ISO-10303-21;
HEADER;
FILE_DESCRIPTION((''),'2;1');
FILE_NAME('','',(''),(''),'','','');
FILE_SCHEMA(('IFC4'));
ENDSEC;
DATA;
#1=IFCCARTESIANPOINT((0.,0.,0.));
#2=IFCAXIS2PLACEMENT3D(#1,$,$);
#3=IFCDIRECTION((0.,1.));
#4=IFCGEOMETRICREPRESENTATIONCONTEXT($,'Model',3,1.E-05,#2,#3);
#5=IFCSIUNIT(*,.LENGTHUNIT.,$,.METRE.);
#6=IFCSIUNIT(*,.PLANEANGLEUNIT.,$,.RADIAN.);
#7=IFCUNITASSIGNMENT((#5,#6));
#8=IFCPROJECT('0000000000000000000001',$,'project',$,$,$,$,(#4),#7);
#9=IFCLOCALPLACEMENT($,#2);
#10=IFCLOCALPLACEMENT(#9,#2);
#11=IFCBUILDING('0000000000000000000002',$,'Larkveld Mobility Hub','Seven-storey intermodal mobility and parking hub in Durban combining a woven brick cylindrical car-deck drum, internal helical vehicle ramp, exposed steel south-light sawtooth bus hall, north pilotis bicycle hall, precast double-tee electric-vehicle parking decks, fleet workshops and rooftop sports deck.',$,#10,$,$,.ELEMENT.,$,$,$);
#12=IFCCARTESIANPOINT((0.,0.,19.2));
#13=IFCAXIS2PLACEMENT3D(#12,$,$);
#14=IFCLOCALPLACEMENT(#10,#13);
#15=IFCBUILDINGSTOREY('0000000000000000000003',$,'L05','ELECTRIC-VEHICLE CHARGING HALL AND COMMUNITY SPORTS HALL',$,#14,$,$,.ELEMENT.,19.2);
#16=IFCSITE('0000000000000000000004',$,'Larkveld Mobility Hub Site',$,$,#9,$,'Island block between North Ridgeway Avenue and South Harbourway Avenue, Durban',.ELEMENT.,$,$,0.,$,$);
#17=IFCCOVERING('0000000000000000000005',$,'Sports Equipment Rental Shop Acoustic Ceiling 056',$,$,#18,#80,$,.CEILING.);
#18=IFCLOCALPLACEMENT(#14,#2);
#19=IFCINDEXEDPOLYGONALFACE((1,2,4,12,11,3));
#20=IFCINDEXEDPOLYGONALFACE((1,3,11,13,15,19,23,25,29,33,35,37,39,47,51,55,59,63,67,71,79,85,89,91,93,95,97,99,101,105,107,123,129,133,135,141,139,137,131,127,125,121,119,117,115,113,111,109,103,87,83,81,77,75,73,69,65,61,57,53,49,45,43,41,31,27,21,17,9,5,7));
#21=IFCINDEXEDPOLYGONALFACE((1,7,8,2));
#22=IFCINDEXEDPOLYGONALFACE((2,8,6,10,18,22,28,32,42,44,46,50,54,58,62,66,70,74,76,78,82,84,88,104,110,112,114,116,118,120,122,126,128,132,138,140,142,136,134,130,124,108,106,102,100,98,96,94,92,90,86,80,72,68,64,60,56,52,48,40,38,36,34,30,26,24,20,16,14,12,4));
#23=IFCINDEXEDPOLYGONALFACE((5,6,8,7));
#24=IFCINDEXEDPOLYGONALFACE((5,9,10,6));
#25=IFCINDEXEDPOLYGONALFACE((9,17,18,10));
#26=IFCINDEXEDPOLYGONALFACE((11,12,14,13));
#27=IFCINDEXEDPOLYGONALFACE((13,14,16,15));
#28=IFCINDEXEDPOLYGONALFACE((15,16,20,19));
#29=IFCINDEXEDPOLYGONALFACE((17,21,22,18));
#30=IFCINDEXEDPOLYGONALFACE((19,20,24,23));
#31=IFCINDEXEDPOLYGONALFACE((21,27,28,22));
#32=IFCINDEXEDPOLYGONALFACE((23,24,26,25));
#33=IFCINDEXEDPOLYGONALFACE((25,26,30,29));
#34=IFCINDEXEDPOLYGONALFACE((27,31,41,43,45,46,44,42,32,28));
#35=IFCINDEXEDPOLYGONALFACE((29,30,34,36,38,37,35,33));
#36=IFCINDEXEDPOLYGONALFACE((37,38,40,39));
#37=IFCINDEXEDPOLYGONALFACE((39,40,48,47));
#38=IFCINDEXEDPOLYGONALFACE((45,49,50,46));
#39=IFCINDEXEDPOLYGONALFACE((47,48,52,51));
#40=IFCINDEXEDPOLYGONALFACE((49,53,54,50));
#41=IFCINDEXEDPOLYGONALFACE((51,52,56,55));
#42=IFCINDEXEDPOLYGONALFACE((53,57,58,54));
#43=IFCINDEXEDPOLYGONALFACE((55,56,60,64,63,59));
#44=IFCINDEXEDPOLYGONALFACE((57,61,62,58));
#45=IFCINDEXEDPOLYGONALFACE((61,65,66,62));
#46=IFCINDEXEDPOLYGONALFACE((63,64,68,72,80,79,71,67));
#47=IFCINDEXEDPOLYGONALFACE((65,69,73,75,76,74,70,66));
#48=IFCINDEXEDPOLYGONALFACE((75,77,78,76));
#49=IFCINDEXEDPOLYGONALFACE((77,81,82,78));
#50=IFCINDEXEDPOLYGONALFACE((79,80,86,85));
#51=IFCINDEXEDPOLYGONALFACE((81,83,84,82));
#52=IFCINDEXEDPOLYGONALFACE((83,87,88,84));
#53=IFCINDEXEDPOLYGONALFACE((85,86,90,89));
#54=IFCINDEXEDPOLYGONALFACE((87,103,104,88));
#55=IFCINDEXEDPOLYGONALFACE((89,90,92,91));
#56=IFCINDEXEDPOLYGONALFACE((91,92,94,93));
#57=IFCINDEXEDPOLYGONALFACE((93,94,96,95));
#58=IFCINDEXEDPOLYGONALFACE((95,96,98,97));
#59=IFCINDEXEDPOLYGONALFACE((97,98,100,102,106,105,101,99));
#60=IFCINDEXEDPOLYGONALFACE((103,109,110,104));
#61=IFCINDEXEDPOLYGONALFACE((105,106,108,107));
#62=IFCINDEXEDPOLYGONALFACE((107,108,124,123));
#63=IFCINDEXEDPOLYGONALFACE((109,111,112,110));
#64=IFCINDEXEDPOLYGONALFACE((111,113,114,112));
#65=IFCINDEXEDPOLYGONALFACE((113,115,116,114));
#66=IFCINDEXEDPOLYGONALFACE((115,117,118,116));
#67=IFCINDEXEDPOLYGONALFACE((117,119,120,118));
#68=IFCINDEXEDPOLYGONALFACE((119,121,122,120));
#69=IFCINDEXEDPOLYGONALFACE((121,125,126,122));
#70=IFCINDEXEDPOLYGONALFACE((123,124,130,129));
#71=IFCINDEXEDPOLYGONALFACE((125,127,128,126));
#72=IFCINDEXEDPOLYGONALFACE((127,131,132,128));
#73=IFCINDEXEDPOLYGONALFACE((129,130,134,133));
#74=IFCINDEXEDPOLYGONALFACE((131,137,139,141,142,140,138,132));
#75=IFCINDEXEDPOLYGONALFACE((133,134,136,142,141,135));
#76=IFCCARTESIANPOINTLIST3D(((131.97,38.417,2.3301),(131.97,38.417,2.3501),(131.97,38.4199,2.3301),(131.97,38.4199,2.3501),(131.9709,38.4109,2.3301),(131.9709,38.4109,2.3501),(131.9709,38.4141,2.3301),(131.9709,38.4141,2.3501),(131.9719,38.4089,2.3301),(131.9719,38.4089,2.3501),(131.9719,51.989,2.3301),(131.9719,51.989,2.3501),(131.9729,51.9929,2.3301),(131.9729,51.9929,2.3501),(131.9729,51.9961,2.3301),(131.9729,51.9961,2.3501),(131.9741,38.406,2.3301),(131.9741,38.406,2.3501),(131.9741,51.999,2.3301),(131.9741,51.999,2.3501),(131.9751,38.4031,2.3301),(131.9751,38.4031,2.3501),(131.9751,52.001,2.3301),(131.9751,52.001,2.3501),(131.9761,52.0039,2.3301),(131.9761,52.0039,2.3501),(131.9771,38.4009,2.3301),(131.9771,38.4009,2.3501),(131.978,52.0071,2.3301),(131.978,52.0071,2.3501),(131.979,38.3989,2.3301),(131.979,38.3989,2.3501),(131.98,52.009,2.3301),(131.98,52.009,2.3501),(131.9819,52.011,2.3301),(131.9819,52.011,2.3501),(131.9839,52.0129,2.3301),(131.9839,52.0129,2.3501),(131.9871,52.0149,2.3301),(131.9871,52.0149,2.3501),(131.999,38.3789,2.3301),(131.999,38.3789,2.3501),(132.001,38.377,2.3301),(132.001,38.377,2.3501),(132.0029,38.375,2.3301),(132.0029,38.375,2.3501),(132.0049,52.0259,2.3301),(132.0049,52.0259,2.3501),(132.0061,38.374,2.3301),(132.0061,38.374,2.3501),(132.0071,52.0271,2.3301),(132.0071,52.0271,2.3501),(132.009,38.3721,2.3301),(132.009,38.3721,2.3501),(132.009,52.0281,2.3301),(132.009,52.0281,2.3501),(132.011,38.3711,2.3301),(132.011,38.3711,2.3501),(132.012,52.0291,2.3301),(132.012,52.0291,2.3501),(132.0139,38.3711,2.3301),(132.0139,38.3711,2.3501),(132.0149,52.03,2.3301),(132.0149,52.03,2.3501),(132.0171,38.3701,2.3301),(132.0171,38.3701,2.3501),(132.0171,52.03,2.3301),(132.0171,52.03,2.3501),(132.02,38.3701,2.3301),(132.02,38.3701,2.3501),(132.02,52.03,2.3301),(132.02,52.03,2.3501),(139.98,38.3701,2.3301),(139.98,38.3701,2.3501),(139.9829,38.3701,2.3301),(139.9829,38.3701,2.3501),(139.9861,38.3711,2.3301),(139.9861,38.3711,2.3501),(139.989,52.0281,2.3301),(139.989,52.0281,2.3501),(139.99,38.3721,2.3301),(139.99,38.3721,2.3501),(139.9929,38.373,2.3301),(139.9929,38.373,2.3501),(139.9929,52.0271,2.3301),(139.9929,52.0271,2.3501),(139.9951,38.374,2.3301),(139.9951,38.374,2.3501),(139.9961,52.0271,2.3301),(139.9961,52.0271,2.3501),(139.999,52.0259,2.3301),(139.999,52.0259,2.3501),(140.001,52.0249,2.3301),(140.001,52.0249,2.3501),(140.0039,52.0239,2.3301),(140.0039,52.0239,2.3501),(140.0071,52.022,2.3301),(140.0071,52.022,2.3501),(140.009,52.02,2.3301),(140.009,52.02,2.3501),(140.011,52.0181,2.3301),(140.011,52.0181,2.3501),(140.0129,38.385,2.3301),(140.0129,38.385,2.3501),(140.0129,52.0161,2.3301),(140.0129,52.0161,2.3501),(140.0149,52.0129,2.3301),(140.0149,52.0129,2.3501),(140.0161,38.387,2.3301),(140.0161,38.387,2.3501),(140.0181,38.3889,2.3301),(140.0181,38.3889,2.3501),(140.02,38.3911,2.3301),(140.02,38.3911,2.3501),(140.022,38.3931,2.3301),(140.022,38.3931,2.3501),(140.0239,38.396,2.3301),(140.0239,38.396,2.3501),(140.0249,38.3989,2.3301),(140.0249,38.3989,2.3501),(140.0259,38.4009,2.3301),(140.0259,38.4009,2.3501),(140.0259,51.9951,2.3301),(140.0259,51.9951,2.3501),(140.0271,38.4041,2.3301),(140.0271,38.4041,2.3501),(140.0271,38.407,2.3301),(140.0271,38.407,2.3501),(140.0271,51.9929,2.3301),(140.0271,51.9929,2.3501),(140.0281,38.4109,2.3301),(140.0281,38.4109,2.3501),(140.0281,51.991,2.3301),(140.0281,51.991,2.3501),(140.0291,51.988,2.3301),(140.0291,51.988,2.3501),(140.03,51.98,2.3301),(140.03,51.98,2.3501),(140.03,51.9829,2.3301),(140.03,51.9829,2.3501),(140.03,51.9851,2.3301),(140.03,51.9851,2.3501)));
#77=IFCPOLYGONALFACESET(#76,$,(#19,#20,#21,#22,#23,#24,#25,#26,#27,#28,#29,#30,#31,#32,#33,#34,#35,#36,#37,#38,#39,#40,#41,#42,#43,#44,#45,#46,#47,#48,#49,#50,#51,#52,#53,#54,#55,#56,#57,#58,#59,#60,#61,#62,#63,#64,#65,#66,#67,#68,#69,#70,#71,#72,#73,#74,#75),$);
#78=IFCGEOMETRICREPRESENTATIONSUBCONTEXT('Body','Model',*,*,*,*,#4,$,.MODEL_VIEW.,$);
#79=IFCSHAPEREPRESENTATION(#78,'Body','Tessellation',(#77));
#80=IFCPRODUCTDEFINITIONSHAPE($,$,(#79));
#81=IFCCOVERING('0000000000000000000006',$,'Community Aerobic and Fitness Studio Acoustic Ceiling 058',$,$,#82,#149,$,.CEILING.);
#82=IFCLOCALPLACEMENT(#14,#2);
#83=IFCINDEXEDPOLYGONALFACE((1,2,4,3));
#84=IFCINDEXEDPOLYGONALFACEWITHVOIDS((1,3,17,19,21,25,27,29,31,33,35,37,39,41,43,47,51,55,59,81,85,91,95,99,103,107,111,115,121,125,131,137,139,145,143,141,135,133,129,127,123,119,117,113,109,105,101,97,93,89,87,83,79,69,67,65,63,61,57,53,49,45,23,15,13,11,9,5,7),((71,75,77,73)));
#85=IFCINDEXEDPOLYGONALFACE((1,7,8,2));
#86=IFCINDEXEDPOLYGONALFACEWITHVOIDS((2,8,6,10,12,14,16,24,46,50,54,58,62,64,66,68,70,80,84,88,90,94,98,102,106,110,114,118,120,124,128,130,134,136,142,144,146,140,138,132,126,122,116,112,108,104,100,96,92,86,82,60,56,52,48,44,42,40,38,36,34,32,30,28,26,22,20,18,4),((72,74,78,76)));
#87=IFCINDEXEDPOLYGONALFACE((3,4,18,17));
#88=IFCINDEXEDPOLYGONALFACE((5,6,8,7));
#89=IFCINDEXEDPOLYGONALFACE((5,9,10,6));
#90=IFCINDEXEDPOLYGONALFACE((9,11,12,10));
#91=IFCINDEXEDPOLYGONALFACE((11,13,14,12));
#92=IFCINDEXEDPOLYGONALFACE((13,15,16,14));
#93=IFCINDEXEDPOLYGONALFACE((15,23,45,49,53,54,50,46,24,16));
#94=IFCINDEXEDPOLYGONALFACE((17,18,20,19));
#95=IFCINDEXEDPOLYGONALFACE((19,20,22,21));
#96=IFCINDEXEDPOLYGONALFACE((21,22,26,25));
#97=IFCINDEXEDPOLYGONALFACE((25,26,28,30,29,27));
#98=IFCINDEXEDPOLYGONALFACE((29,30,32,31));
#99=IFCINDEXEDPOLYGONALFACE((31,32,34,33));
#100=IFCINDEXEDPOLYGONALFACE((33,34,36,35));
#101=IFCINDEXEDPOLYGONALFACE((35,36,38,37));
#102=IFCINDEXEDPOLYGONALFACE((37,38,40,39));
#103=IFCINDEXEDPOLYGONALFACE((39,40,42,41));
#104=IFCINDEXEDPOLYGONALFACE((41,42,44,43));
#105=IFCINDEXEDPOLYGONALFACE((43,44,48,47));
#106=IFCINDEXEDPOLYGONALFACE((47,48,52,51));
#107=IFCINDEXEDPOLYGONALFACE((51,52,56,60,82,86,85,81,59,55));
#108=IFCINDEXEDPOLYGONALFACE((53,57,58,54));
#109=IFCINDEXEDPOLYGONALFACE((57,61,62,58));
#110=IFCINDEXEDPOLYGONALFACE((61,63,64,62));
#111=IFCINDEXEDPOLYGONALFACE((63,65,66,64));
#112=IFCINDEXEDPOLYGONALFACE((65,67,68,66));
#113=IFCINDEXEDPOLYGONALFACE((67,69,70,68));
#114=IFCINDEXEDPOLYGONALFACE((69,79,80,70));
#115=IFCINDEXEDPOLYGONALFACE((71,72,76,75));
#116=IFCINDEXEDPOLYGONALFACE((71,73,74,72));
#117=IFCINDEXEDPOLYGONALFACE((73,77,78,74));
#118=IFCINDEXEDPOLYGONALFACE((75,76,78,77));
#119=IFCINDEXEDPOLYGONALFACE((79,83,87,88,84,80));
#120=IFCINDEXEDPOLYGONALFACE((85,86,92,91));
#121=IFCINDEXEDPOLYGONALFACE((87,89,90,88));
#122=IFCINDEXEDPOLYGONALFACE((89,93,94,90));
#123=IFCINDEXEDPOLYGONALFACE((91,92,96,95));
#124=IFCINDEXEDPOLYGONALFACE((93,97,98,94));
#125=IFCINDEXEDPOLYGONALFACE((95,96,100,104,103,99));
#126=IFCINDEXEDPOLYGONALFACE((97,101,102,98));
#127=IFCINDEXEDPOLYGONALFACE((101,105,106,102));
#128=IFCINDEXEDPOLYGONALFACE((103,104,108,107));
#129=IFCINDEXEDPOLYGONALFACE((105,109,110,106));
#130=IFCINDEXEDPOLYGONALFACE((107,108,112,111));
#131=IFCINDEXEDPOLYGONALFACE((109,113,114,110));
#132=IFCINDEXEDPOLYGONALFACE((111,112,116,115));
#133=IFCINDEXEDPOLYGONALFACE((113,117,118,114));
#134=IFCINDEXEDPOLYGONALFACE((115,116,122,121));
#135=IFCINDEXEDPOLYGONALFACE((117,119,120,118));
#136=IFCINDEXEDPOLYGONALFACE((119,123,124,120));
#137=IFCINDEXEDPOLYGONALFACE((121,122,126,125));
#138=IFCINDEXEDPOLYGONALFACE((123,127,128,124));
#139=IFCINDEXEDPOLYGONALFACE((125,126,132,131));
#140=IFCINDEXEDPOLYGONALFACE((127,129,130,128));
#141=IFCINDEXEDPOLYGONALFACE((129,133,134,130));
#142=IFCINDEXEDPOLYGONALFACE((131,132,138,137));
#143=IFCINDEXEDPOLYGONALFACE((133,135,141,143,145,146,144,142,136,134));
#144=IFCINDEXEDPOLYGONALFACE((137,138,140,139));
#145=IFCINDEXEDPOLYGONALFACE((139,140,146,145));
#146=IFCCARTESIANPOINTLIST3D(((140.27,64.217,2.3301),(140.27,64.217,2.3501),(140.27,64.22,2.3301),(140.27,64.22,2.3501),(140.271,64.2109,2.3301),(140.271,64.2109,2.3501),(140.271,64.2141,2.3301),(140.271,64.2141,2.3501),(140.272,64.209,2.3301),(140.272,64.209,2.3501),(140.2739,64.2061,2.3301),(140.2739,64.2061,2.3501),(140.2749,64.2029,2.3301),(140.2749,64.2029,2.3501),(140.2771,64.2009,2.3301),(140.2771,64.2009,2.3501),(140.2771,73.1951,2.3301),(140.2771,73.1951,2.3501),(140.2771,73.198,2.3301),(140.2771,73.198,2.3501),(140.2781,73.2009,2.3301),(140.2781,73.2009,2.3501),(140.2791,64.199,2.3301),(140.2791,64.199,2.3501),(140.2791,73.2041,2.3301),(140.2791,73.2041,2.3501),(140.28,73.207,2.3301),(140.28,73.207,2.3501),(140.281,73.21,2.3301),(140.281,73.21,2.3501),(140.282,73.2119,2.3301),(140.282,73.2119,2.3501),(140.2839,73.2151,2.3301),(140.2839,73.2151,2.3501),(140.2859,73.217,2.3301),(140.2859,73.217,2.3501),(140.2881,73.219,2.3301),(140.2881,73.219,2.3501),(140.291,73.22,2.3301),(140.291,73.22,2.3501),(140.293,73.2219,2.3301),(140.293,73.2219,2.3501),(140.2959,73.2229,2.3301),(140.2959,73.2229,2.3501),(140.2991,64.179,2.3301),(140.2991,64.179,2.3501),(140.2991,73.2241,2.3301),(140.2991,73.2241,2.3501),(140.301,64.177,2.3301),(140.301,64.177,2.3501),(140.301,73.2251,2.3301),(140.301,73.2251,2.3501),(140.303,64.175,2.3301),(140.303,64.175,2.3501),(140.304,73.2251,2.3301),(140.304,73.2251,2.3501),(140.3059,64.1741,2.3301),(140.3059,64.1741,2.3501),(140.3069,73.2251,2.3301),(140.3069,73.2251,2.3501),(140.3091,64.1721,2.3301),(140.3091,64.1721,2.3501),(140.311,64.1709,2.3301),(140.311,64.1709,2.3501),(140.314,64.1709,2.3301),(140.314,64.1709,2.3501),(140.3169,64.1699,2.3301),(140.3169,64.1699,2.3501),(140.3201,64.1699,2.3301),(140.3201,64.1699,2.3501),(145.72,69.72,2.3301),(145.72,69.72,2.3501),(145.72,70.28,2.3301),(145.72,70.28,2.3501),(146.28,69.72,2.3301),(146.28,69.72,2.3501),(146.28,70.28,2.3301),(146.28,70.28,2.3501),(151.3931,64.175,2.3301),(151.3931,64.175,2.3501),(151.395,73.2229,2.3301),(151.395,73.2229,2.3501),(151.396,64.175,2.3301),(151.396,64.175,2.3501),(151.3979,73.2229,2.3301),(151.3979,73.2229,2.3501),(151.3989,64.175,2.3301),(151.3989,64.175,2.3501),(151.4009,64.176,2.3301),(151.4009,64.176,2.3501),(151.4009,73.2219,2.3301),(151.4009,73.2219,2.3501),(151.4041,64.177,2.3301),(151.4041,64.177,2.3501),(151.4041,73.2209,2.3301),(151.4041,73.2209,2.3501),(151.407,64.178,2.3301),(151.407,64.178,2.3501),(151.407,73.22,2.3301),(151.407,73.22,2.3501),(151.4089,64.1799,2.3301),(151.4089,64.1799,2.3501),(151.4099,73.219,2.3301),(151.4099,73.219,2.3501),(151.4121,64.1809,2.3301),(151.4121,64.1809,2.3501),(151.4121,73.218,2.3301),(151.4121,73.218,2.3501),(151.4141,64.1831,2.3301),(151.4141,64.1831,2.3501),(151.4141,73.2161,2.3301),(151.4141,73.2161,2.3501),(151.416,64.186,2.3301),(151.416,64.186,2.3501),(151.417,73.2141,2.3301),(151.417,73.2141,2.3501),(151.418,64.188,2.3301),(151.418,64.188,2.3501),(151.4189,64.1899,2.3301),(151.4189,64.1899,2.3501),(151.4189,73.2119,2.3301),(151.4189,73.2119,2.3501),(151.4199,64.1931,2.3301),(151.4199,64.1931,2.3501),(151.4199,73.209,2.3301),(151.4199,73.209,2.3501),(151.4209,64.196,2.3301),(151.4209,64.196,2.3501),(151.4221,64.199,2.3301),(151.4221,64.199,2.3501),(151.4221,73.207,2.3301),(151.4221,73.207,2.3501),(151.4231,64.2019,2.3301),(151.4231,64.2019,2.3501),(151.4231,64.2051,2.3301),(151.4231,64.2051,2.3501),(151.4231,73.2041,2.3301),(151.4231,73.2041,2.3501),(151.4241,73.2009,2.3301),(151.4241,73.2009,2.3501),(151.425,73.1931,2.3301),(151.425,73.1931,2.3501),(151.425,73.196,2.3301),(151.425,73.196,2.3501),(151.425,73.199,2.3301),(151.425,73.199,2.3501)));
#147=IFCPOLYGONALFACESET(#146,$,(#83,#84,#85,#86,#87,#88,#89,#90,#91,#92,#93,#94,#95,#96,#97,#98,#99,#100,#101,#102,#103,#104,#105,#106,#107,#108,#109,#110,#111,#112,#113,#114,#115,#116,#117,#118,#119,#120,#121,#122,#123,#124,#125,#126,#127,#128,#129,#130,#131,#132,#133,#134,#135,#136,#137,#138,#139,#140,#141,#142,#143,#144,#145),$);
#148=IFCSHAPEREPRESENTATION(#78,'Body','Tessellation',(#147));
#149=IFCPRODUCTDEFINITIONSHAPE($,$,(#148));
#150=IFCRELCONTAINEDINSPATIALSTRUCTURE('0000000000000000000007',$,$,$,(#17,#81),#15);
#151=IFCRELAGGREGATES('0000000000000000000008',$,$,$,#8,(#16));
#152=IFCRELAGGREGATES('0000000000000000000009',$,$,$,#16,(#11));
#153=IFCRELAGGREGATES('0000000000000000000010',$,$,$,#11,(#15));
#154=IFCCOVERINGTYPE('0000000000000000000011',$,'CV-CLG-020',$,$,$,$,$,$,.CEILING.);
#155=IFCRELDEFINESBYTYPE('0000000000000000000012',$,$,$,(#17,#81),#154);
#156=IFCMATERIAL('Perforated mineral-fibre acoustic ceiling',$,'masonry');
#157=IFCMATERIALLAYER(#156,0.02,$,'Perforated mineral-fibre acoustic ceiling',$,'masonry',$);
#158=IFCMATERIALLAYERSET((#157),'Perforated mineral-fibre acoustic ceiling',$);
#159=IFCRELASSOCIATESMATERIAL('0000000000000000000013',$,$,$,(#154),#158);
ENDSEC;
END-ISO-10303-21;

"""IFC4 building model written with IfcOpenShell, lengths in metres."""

from ifc_helpers import new_model, si_unit, direction, frame, origin, place, context, subcontext, project, spatial, polyline, outline, extrude, material, layer, layer_set, type_object, element, save


model = new_model("IFC4")

# Units and contexts
model_context = context("Model", 3, precision=1e-05, world=origin(), true_north=direction((0.0, 1.0)))
body_context = subcontext(model_context, "Body", "Model", "MODEL_VIEW")
ifc_project = project(units=[si_unit("LENGTHUNIT", "METRE"), si_unit("PLANEANGLEUNIT", "RADIAN")], contexts=[model_context])

# Site, building, storey
site_placement = place(None, origin())
site = spatial("IfcSite", under=ifc_project, at=site_placement, Name="Larkveld Mobility Hub Site", LongName="Island block between North Ridgeway Avenue and South Harbourway Avenue, Durban", CompositionType="ELEMENT", RefElevation=0.0)
building_placement = place(site_placement, origin())
building = spatial("IfcBuilding", under=site, at=building_placement, Name="Larkveld Mobility Hub", Description="Seven-storey intermodal mobility and parking hub in Durban combining a woven brick cylindrical car-deck drum, internal helical vehicle ramp, exposed steel south-light sawtooth bus hall, north pilotis bicycle hall, precast double-tee electric-vehicle parking decks, fleet workshops and rooftop sports deck.", CompositionType="ELEMENT")
storey_placement = place(building_placement, frame((0.0, 0.0, 19.2)))
storey = spatial("IfcBuildingStorey", under=building, at=storey_placement, Name="L05", Description="ELECTRIC-VEHICLE CHARGING HALL AND COMMUNITY SPORTS HALL", CompositionType="ELEMENT", Elevation=19.2)

# Coverings
ifc_material_1 = material(Name="Perforated mineral-fibre acoustic ceiling", Category="masonry")
ifc_layer_1 = layer(ifc_material_1, 0.02, Name="Perforated mineral-fibre acoustic ceiling", Category="masonry")
ifc_layer_set_1 = layer_set([ifc_layer_1], Name="Perforated mineral-fibre acoustic ceiling")
covering_type_1 = type_object("IfcCoveringType", Name="CV-CLG-020", PredefinedType="CEILING", material=ifc_layer_set_1)
covering_1_placement = place(storey_placement, frame((0.0, 0.0, 2.3301)))
element("IfcCovering", 1, at=covering_1_placement, inside=storey, type_object=covering_type_1, Name="Sports Equipment Rental Shop Acoustic Ceiling 056", PredefinedType="CEILING", context=body_context, shape_type="SweptSolid", body=[
    extrude(outline(polyline([(132.02, 38.3701), (132.0171, 38.3701), (132.0139, 38.3711), (132.011, 38.3711), (132.009, 38.3721), (132.0061, 38.374), (132.0029, 38.375), (132.001, 38.377), (131.999, 38.3789), (131.979, 38.3989), (131.9771, 38.4009), (131.9751, 38.4031), (131.9741, 38.406), (131.9719, 38.4089), (131.9709, 38.4109), (131.9709, 38.4141), (131.97, 38.417), (131.97, 38.4199), (131.9719, 51.989), (131.9729, 51.9929), (131.9729, 51.9961), (131.9741, 51.999), (131.9751, 52.001), (131.9761, 52.0039), (131.978, 52.0071), (131.98, 52.009), (131.9819, 52.011), (131.9839, 52.0129), (131.9871, 52.0149), (132.0049, 52.0259), (132.0071, 52.0271), (132.009, 52.0281), (132.012, 52.0291), (132.0149, 52.03), (132.0171, 52.03), (132.02, 52.03), (139.989, 52.0281), (139.9929, 52.0271), (139.9961, 52.0271), (139.999, 52.0259), (140.001, 52.0249), (140.0039, 52.0239), (140.0071, 52.022), (140.009, 52.02), (140.011, 52.0181), (140.0129, 52.0161), (140.0149, 52.0129), (140.0259, 51.9951), (140.0271, 51.9929), (140.0281, 51.991), (140.0291, 51.988), (140.03, 51.9851), (140.03, 51.9829), (140.03, 51.98), (140.0281, 38.4109), (140.0271, 38.407), (140.0271, 38.4041), (140.0259, 38.4009), (140.0249, 38.3989), (140.0239, 38.396), (140.022, 38.3931), (140.02, 38.3911), (140.0181, 38.3889), (140.0161, 38.387), (140.0129, 38.385), (139.9951, 38.374), (139.9929, 38.373), (139.99, 38.3721), (139.9861, 38.3711), (139.9829, 38.3701), (139.98, 38.3701), (132.02, 38.3701)])), origin(), (0.0, 0.0, 1.0), 0.02),
])
covering_2_placement = place(storey_placement, frame((0.0, 0.0, 2.3301)))
element("IfcCovering", 2, at=covering_2_placement, inside=storey, type_object=covering_type_1, Name="Community Aerobic and Fitness Studio Acoustic Ceiling 058", PredefinedType="CEILING", context=body_context, shape_type="SweptSolid", body=[
    extrude(outline(polyline([(140.3169, 64.1699), (140.314, 64.1709), (140.311, 64.1709), (140.3091, 64.1721), (140.3059, 64.1741), (140.303, 64.175), (140.301, 64.177), (140.2991, 64.179), (140.2791, 64.199), (140.2771, 64.2009), (140.2749, 64.2029), (140.2739, 64.2061), (140.272, 64.209), (140.271, 64.2109), (140.271, 64.2141), (140.27, 64.217), (140.27, 64.22), (140.2771, 73.1951), (140.2771, 73.198), (140.2781, 73.2009), (140.2791, 73.2041), (140.28, 73.207), (140.281, 73.21), (140.282, 73.2119), (140.2839, 73.2151), (140.2859, 73.217), (140.2881, 73.219), (140.291, 73.22), (140.293, 73.2219), (140.2959, 73.2229), (140.2991, 73.2241), (140.301, 73.2251), (140.304, 73.2251), (140.3069, 73.2251), (151.395, 73.2229), (151.3979, 73.2229), (151.4009, 73.2219), (151.4041, 73.2209), (151.407, 73.22), (151.4099, 73.219), (151.4121, 73.218), (151.4141, 73.2161), (151.417, 73.2141), (151.4189, 73.2119), (151.4199, 73.209), (151.4221, 73.207), (151.4231, 73.2041), (151.4241, 73.2009), (151.425, 73.199), (151.425, 73.196), (151.425, 73.1931), (151.4231, 64.2051), (151.4231, 64.2019), (151.4221, 64.199), (151.4209, 64.196), (151.4199, 64.1931), (151.4189, 64.1899), (151.418, 64.188), (151.416, 64.186), (151.4141, 64.1831), (151.4121, 64.1809), (151.4089, 64.1799), (151.407, 64.178), (151.4041, 64.177), (151.4009, 64.176), (151.3989, 64.175), (151.396, 64.175), (151.3931, 64.175), (140.3201, 64.1699), (140.3169, 64.1699)]), holes=[polyline([(146.28, 69.72), (146.28, 70.28), (145.72, 70.28), (145.72, 69.72), (146.28, 69.72)])]), origin(), (0.0, 0.0, 1.0), 0.02),
])

save(model, "model.ifc")
